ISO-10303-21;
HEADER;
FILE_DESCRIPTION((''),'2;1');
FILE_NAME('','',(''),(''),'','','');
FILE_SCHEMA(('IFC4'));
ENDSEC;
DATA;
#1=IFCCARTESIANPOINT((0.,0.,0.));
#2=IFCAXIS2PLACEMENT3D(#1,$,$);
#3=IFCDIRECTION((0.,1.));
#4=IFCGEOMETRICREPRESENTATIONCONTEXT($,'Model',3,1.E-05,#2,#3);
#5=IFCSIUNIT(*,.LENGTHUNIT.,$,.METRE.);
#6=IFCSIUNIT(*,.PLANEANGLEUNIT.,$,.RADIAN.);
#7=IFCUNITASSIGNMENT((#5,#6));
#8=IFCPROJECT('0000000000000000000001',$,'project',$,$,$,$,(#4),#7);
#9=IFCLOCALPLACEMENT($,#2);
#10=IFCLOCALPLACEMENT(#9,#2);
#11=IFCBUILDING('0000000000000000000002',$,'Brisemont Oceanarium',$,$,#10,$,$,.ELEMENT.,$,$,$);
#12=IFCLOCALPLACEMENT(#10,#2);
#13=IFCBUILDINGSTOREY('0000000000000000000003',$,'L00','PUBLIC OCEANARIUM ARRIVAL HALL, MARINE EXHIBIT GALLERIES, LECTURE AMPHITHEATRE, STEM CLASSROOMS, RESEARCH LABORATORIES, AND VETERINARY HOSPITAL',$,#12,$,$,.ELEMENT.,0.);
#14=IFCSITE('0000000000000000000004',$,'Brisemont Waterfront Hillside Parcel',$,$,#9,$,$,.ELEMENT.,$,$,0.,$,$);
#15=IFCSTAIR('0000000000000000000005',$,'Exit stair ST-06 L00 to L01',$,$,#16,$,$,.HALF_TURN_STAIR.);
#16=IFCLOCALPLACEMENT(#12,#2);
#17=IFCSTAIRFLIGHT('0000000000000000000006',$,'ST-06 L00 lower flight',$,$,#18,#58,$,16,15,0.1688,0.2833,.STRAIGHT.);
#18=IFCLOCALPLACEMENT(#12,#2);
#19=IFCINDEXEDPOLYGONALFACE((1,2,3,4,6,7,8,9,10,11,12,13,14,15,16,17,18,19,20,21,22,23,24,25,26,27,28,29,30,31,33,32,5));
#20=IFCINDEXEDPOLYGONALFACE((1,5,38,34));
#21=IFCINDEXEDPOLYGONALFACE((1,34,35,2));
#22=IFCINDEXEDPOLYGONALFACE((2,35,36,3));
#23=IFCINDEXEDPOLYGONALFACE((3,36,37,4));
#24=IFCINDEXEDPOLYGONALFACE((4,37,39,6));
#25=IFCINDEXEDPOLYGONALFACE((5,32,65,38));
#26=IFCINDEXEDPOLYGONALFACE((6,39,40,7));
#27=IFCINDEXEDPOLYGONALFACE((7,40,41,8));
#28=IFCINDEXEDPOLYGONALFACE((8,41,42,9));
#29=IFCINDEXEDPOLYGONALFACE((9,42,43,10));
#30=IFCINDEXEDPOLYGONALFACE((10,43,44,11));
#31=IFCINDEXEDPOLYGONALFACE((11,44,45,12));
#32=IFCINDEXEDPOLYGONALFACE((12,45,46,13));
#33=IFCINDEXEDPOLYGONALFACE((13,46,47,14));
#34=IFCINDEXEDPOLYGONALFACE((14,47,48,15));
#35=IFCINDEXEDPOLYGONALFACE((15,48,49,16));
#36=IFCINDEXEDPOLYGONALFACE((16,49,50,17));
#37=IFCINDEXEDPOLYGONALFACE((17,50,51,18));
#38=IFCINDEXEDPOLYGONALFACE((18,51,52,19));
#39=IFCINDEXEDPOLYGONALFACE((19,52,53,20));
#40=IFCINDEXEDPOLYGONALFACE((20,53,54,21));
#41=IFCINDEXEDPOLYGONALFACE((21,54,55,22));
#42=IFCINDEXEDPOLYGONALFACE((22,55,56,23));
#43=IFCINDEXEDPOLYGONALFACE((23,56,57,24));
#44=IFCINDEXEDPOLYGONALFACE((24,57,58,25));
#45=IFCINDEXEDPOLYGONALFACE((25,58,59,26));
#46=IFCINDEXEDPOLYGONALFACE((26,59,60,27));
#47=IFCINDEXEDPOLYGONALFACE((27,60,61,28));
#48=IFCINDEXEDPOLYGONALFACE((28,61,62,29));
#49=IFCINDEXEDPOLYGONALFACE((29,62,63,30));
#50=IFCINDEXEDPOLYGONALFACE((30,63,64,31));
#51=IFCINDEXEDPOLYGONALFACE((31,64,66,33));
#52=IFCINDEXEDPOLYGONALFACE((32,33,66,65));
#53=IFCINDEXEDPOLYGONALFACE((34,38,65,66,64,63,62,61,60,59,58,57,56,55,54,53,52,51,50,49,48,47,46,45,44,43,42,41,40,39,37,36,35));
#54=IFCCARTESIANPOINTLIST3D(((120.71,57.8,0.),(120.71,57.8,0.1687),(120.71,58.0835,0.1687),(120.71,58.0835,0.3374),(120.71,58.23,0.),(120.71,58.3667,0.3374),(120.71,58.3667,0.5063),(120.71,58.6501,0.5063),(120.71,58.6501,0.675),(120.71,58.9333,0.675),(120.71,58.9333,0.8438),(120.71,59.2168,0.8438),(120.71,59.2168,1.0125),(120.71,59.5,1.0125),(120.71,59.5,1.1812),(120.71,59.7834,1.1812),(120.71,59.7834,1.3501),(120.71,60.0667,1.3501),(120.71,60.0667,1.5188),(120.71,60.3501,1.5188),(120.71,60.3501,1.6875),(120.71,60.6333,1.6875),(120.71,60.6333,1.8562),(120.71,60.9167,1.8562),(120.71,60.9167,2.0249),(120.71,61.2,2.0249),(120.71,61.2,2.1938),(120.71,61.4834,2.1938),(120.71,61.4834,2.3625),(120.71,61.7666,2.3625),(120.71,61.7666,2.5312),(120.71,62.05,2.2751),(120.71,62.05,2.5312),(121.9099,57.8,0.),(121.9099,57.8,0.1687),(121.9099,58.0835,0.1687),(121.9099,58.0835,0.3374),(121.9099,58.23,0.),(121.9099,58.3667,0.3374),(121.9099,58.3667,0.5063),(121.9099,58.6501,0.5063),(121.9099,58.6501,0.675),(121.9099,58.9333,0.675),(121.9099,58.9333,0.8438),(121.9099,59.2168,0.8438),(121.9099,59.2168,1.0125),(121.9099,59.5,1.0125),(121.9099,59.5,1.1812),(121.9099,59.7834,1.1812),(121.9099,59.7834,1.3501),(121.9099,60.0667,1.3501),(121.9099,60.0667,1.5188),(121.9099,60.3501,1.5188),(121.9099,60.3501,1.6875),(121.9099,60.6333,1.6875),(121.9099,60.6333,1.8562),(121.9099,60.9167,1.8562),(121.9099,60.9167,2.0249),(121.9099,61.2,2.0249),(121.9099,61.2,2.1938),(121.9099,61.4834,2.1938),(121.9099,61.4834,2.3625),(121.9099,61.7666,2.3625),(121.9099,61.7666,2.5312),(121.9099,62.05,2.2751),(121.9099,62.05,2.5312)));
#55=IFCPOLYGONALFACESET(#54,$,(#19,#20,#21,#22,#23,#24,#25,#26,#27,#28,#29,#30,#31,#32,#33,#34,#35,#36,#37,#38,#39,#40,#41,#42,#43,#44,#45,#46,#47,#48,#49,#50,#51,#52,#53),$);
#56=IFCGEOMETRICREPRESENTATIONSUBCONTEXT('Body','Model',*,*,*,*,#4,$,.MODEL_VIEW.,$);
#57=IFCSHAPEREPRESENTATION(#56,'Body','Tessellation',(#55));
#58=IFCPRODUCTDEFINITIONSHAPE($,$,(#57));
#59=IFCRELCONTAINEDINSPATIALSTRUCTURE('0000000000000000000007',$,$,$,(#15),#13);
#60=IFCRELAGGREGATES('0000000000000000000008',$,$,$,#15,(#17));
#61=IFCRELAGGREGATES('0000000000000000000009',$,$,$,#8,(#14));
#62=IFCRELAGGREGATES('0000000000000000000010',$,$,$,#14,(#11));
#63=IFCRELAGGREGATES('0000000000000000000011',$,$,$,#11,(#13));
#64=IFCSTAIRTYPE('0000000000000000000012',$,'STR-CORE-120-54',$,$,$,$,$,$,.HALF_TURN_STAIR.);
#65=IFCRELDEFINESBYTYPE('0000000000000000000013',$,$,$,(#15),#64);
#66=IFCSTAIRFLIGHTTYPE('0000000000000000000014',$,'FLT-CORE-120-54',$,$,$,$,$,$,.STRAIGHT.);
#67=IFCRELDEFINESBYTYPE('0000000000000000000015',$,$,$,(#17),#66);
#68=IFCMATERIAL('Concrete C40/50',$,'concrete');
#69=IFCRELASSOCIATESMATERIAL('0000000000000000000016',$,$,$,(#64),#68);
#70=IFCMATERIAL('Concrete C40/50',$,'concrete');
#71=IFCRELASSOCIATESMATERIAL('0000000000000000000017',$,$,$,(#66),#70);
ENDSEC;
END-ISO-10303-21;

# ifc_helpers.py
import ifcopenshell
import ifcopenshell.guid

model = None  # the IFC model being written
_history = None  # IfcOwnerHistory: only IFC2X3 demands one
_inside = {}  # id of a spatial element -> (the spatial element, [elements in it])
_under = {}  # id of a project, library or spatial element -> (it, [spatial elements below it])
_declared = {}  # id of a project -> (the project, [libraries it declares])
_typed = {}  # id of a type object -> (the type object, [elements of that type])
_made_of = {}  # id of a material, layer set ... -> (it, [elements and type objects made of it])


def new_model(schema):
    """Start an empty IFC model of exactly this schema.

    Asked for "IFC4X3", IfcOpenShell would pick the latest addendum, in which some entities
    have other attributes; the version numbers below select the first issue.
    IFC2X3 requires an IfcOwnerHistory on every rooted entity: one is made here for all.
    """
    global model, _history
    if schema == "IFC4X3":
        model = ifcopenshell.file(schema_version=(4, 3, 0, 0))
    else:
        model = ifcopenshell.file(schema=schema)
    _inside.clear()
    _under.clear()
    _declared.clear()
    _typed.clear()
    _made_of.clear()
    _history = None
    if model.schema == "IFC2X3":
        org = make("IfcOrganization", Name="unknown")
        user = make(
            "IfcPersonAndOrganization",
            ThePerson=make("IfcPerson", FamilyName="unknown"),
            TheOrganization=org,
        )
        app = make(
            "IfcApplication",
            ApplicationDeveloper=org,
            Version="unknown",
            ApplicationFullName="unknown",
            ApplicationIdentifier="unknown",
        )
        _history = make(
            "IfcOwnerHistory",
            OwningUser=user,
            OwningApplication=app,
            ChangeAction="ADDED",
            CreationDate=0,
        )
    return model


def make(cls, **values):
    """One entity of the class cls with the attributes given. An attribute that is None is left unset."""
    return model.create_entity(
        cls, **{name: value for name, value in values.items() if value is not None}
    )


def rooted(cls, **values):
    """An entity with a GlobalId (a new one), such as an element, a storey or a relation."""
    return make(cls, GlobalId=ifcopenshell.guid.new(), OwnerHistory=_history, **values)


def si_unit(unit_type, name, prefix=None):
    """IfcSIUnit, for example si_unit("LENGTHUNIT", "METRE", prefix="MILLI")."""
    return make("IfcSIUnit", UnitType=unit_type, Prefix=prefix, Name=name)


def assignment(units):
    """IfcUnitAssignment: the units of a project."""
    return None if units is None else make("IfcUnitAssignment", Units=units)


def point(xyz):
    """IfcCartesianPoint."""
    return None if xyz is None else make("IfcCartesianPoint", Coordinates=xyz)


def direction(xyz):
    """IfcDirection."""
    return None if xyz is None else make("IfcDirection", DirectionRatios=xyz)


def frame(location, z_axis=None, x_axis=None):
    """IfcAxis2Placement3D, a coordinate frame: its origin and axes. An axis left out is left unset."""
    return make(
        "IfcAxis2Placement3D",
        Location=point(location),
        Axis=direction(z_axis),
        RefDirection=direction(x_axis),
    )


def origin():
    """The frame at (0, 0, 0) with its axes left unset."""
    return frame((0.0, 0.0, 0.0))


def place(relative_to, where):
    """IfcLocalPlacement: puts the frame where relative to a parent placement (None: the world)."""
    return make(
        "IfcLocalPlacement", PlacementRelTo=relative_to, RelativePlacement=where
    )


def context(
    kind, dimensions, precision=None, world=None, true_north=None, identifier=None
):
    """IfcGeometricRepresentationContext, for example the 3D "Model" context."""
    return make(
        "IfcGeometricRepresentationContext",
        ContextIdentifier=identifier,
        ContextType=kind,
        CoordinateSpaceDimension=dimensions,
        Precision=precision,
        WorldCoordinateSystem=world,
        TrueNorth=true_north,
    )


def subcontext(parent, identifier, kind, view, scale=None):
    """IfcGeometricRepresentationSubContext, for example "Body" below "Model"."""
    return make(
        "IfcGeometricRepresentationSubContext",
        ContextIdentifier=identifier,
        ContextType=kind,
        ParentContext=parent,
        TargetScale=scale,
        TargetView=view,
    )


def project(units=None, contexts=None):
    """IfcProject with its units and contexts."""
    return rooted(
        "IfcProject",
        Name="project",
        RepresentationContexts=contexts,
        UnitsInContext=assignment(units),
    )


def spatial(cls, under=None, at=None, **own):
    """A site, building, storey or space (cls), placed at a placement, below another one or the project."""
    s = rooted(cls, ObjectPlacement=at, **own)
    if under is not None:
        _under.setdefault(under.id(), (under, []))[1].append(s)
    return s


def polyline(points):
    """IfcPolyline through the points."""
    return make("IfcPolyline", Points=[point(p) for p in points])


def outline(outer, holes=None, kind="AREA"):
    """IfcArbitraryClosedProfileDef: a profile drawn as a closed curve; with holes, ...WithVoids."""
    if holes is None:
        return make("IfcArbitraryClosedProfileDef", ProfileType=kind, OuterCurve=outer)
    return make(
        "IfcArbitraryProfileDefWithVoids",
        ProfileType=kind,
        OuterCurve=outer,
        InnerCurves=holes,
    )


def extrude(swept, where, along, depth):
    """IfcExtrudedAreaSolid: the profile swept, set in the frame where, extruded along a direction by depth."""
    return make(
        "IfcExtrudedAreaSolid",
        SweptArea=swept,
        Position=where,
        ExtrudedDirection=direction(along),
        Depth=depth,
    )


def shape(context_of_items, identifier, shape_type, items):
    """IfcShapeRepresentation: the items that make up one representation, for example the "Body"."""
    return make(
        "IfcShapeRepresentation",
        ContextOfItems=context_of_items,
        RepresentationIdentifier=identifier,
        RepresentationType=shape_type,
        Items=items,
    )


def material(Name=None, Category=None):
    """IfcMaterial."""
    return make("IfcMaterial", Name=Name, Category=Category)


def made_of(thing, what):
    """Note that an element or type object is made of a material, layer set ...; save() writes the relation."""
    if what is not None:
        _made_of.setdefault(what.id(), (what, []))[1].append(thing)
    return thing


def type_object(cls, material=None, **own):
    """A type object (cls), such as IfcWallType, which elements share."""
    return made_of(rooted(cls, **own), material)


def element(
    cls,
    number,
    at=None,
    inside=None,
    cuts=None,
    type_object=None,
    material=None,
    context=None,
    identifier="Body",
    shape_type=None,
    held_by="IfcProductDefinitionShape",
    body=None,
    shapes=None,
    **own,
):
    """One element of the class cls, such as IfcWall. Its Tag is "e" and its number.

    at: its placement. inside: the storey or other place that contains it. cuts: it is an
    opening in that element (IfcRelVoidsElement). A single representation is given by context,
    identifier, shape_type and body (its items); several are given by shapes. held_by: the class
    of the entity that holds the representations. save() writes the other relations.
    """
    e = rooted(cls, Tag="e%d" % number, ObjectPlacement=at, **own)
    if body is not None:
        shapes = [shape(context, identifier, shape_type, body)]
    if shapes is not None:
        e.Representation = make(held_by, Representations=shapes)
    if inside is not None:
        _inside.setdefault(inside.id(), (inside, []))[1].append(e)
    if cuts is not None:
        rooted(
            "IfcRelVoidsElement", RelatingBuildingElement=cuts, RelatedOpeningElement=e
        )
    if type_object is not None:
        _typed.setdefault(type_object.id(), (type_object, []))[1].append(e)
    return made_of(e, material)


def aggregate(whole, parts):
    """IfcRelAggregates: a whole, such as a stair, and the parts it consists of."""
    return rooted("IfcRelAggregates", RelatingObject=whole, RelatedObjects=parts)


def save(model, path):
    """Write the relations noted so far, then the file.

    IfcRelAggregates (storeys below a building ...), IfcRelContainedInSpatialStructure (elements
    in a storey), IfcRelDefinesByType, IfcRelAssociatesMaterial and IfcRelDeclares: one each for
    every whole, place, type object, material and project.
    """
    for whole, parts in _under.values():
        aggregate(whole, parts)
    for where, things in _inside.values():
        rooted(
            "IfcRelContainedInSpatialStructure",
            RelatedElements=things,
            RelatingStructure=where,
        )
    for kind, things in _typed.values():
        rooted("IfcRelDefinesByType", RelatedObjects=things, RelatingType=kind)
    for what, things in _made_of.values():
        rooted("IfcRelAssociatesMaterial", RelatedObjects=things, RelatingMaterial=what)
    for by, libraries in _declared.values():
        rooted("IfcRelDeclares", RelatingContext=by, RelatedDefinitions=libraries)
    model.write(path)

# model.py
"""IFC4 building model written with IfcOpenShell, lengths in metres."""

from ifc_helpers import new_model, si_unit, direction, frame, origin, place, context, subcontext, project, spatial, polyline, outline, extrude, material, type_object, element, aggregate, save


model = new_model("IFC4")

# Units and contexts
model_context = context("Model", 3, precision=1e-05, world=origin(), true_north=direction((0.0, 1.0)))
body_context = subcontext(model_context, "Body", "Model", "MODEL_VIEW")
ifc_project = project(units=[si_unit("LENGTHUNIT", "METRE"), si_unit("PLANEANGLEUNIT", "RADIAN")], contexts=[model_context])

# Site, building, storey
site_placement = place(None, origin())
site = spatial("IfcSite", under=ifc_project, at=site_placement, Name="Brisemont Waterfront Hillside Parcel", CompositionType="ELEMENT", RefElevation=0.0)
building_placement = place(site_placement, origin())
building = spatial("IfcBuilding", under=site, at=building_placement, Name="Brisemont Oceanarium", CompositionType="ELEMENT")
storey_placement = place(building_placement, origin())
storey = spatial("IfcBuildingStorey", under=building, at=storey_placement, Name="L00", Description="PUBLIC OCEANARIUM ARRIVAL HALL, MARINE EXHIBIT GALLERIES, LECTURE AMPHITHEATRE, STEM CLASSROOMS, RESEARCH LABORATORIES, AND VETERINARY HOSPITAL", CompositionType="ELEMENT", Elevation=0.0)

# Stair, stair flight
ifc_material_1 = material(Name="Concrete C40/50", Category="concrete")
stair_type = type_object("IfcStairType", Name="STR-CORE-120-54", PredefinedType="HALF_TURN_STAIR", material=ifc_material_1)
stair_placement = place(storey_placement, origin())
stair = element("IfcStair", 1, at=stair_placement, inside=storey, type_object=stair_type, Name="Exit stair ST-06 L00 to L01", PredefinedType="HALF_TURN_STAIR")
ifc_material_2 = material(Name="Concrete C40/50", Category="concrete")
stair_flight_type = type_object("IfcStairFlightType", Name="FLT-CORE-120-54", PredefinedType="STRAIGHT", material=ifc_material_2)
stair_flight_placement = place(storey_placement, frame((121.3101, 57.8, 0.0), z_axis=(0.0, 0.0, 1.0), x_axis=(0.0, 1.0, 0.0)))
stair_flight = element("IfcStairFlight", 2, at=stair_flight_placement, type_object=stair_flight_type, Name="ST-06 L00 lower flight", NumberOfRisers=16, NumberOfTreads=15, PredefinedType="STRAIGHT", RiserHeight=0.1688, TreadLength=0.2833, context=body_context, shape_type="SweptSolid", body=[
    extrude(outline(polyline([(0.0, 0.0), (0.0, 0.1687), (0.2834, 0.1687), (0.2834, 0.3374), (0.5667, 0.3374), (0.5667, 0.5063), (0.8501, 0.5063), (0.8501, 0.675), (1.1333, 0.675), (1.1333, 0.8438), (1.4167, 0.8438), (1.4167, 1.0125), (1.7, 1.0125), (1.7, 1.1812), (1.9834, 1.1812), (1.9834, 1.3501), (2.2666, 1.3501), (2.2666, 1.5188), (2.55, 1.5188), (2.55, 1.6875), (2.8333, 1.6875), (2.8333, 1.8562), (3.1167, 1.8562), (3.1167, 2.0249), (3.3999, 2.0249), (3.3999, 2.1938), (3.6833, 2.1938), (3.6833, 2.3625), (3.9666, 2.3625), (3.9666, 2.5312), (4.25, 2.5312), (4.25, 2.7), (4.25, 2.2751), (0.4299, 0.0), (0.0, 0.0)])), frame((0.0, 0.6001, 0.0), z_axis=(0.0, -1.0, 0.0), x_axis=(1.0, 0.0, 0.0)), (0.0, 0.0, 1.0), 1.2),
])
aggregate(stair, [stair_flight])

save(model, "model.ifc")
